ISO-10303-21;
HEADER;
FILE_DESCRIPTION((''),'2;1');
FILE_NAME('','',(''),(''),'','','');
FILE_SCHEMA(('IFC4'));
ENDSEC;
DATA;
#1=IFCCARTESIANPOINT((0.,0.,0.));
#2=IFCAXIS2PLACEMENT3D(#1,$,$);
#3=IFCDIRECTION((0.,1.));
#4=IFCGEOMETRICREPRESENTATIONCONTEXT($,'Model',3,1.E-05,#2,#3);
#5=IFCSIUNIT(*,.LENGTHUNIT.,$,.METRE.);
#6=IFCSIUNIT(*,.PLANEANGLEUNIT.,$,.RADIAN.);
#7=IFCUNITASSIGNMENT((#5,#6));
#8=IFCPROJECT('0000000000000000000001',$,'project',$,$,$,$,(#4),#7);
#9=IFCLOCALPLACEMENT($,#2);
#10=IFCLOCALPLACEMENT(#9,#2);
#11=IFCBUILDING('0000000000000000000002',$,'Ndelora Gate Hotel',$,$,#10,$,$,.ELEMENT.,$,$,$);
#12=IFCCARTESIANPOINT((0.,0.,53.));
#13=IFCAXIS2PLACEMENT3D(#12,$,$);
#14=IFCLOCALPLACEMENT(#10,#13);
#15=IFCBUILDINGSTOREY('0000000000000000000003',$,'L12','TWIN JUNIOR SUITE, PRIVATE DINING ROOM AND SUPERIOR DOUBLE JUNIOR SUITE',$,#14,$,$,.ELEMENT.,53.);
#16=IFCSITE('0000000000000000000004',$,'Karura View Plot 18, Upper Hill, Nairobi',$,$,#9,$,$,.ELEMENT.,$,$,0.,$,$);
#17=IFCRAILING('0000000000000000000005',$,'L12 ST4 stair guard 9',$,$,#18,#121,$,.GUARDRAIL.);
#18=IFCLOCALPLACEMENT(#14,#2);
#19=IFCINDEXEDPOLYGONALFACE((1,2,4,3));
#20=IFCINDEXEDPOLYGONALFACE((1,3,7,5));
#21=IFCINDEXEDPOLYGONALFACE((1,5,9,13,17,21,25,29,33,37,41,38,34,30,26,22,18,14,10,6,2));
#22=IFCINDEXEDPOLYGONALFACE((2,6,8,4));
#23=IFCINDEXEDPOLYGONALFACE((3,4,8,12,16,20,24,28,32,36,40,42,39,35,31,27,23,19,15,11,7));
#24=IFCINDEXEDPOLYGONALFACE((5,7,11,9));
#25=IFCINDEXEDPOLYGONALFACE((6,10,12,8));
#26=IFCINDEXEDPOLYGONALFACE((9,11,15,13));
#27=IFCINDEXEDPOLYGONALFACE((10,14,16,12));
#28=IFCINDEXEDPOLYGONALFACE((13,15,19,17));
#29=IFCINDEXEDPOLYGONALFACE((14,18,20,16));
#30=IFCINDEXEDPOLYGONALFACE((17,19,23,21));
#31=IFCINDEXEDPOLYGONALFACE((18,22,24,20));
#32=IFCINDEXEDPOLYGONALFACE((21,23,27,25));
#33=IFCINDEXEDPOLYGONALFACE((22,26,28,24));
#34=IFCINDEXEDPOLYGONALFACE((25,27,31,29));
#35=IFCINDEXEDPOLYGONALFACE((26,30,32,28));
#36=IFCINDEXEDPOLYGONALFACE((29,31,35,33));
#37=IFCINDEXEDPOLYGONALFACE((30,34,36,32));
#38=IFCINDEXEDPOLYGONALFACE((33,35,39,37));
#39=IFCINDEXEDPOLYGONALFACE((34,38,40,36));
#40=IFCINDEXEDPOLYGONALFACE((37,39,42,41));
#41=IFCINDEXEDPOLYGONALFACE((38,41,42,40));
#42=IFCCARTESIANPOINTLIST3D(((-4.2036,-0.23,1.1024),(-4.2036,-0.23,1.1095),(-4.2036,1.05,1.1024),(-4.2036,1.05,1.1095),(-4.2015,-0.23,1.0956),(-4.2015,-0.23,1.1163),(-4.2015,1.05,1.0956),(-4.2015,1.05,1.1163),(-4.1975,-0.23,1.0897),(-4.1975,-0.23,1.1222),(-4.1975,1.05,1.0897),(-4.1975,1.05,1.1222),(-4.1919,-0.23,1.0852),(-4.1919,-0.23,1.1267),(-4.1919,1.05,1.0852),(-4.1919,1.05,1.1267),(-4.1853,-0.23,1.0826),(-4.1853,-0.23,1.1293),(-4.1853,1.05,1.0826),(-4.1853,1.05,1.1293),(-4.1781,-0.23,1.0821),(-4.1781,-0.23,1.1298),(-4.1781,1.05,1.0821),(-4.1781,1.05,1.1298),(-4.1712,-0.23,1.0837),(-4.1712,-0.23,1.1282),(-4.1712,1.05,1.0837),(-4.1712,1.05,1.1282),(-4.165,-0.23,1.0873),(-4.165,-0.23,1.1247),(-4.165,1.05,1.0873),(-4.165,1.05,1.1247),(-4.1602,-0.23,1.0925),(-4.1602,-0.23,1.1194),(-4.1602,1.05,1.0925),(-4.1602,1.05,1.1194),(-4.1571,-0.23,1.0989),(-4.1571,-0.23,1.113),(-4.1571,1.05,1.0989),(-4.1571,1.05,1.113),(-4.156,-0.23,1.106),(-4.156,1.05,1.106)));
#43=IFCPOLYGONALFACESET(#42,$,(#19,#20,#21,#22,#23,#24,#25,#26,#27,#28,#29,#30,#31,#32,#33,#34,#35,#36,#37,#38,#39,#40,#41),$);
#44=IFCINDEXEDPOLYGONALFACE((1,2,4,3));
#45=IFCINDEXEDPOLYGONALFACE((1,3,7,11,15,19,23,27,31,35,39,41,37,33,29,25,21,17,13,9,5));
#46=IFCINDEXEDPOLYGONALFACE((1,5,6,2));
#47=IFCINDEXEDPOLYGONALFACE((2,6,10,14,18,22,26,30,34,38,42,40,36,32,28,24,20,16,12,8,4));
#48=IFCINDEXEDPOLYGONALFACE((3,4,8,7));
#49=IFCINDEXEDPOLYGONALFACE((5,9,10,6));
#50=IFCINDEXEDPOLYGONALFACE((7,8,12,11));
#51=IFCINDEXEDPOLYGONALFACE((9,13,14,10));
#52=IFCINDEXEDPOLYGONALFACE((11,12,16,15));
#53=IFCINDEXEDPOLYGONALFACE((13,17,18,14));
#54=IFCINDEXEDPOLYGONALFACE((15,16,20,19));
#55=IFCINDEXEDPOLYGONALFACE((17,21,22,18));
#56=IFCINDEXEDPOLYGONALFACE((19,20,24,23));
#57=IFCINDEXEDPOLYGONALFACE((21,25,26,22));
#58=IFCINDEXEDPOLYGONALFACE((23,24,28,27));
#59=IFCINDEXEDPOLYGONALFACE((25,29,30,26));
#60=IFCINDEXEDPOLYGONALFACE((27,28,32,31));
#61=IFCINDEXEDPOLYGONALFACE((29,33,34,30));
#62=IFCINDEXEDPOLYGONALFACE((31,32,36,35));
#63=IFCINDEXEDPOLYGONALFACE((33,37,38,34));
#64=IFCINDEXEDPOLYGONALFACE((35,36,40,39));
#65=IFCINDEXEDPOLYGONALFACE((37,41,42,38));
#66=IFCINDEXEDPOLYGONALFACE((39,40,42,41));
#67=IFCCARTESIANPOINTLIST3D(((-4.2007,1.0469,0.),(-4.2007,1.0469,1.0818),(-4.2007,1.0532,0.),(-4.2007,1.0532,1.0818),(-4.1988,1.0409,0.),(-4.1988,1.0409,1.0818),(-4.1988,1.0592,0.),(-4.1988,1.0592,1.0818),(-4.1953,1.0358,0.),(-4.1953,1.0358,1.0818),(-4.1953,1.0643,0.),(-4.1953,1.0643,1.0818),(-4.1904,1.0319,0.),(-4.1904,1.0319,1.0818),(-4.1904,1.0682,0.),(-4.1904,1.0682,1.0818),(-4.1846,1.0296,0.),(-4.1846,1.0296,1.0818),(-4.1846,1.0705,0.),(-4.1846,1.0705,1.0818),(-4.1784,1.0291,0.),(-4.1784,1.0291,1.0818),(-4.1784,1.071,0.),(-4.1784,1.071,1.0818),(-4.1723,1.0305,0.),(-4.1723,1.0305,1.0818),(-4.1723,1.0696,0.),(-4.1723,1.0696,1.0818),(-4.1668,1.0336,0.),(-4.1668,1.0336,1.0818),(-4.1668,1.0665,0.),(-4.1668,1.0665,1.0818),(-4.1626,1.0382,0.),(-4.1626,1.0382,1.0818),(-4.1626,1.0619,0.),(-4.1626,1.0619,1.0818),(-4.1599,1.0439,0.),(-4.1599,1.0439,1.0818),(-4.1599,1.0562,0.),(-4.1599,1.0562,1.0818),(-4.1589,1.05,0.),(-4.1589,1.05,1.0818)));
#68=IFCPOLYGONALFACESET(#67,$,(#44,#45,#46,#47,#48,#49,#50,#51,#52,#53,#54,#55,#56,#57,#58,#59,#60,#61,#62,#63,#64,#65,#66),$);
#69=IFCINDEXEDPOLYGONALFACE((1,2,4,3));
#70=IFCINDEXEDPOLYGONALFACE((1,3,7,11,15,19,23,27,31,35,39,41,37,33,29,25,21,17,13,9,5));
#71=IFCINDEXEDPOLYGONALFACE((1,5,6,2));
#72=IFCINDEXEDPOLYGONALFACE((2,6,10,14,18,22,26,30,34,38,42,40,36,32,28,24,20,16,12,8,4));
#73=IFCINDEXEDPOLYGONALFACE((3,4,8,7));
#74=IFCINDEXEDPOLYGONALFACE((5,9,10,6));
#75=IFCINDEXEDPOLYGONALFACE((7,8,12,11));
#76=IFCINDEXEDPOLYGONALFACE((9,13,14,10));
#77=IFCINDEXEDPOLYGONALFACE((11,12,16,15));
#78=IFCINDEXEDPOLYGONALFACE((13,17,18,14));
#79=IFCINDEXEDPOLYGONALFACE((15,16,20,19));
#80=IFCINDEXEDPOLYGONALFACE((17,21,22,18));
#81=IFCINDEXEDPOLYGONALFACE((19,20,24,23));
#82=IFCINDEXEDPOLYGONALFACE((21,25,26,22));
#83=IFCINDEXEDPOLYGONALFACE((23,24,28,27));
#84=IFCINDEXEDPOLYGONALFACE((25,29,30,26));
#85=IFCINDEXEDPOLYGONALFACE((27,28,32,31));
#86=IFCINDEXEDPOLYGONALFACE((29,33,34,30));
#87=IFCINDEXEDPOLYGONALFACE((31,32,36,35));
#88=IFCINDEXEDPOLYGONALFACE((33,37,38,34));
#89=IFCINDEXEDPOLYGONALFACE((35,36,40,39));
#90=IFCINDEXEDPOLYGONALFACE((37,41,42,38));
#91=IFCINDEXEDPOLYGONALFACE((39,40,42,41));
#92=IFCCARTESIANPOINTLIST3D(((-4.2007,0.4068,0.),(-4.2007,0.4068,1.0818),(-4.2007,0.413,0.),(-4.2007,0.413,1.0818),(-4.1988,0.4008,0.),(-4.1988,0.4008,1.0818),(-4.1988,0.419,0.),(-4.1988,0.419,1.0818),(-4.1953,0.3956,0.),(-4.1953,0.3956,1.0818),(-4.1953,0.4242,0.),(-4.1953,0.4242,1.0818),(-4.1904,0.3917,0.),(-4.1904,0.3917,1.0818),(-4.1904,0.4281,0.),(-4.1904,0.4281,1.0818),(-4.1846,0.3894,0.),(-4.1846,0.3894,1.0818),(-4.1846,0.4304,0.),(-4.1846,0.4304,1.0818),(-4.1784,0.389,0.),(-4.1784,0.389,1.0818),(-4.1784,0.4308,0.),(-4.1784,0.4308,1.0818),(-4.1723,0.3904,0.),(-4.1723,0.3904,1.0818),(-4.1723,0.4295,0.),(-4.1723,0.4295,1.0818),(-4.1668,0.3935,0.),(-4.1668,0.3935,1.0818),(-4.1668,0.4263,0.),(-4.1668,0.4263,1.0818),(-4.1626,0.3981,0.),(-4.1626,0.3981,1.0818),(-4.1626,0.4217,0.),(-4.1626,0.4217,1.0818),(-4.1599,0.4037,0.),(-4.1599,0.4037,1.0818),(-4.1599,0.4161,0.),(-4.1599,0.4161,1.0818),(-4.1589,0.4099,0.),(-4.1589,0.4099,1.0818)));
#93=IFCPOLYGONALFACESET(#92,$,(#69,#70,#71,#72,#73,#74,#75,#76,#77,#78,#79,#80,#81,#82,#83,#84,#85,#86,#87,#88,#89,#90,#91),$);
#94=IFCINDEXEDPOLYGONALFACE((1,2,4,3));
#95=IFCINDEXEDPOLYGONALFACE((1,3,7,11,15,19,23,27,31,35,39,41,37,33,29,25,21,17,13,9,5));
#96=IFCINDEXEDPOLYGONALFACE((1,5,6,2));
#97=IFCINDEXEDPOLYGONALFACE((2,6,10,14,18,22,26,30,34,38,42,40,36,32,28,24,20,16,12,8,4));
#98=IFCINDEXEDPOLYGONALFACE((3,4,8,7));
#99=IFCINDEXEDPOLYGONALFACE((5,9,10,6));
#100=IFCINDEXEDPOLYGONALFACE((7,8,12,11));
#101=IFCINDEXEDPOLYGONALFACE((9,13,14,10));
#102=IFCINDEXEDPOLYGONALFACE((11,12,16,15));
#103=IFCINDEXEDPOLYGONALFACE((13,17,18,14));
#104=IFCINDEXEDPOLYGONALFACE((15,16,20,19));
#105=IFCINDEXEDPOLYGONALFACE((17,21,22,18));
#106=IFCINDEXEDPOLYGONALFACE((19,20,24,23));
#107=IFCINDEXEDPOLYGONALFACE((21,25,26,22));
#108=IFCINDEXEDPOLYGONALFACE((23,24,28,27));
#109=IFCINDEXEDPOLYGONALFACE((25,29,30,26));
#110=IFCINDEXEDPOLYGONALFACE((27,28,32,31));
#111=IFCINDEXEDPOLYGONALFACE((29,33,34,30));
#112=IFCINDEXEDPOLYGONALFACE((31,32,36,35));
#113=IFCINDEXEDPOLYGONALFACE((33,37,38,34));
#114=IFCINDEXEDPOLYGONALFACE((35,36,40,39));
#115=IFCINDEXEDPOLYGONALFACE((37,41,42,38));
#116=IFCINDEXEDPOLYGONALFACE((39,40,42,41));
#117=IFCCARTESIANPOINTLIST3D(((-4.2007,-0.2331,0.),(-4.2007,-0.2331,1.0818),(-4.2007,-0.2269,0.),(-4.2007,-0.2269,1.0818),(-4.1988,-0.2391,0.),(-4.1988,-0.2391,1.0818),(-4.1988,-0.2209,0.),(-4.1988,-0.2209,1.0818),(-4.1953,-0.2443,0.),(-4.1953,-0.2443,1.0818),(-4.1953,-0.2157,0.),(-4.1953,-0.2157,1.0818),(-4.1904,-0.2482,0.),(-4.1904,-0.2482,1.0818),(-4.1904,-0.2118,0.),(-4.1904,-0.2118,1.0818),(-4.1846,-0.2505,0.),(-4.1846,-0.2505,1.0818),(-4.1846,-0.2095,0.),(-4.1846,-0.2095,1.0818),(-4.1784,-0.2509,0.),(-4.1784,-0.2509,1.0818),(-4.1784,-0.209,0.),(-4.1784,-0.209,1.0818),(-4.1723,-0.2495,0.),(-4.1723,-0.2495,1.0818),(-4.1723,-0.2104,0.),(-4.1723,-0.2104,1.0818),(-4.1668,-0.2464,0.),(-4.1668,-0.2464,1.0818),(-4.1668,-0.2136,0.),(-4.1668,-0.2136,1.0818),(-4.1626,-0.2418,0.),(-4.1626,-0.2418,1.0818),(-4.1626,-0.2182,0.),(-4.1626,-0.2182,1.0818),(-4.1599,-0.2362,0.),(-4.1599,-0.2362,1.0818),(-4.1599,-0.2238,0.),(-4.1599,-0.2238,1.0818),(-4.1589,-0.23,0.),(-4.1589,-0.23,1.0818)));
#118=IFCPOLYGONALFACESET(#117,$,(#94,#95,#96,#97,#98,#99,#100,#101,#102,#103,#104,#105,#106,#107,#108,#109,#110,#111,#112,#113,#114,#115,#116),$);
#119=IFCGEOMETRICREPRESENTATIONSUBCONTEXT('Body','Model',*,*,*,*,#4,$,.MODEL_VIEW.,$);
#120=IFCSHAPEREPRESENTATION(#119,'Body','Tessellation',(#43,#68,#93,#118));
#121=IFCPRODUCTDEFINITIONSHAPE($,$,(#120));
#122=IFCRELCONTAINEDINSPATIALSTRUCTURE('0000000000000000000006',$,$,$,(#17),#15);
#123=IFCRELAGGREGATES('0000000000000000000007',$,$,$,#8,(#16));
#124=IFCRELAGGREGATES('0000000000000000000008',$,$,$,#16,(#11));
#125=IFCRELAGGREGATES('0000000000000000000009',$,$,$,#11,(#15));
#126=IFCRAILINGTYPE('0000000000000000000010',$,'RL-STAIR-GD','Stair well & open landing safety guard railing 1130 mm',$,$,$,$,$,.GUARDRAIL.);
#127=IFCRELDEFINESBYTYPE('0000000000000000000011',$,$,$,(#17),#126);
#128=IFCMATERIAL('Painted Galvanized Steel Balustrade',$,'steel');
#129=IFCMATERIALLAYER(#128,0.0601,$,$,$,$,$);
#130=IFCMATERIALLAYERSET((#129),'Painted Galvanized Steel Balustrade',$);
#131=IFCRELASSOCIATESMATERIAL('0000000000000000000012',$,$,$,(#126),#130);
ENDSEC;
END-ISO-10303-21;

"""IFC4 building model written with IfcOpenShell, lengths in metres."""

from ifc_helpers import new_model, si_unit, direction, frame, origin, origin_2d, place, context, subcontext, project, spatial, circle, extrude, material, layer, layer_set, type_object, element, save


model = new_model("IFC4")

# Units and contexts
model_context = context("Model", 3, precision=1e-05, world=origin(), true_north=direction((0.0, 1.0)))
body_context = subcontext(model_context, "Body", "Model", "MODEL_VIEW")
ifc_project = project(units=[si_unit("LENGTHUNIT", "METRE"), si_unit("PLANEANGLEUNIT", "RADIAN")], contexts=[model_context])

# Site, building, storey
site_placement = place(None, origin())
site = spatial("IfcSite", under=ifc_project, at=site_placement, Name="Karura View Plot 18, Upper Hill, Nairobi", CompositionType="ELEMENT", RefElevation=0.0)
building_placement = place(site_placement, origin())
building = spatial("IfcBuilding", under=site, at=building_placement, Name="Ndelora Gate Hotel", CompositionType="ELEMENT")
storey_placement = place(building_placement, frame((0.0, 0.0, 53.0)))
storey = spatial("IfcBuildingStorey", under=building, at=storey_placement, Name="L12", Description="TWIN JUNIOR SUITE, PRIVATE DINING ROOM AND SUPERIOR DOUBLE JUNIOR SUITE", CompositionType="ELEMENT", Elevation=53.0)

# Railing
ifc_material_1 = material(Name="Painted Galvanized Steel Balustrade", Category="steel")
ifc_layer_1 = layer(ifc_material_1, 0.0601)
ifc_layer_set_1 = layer_set([ifc_layer_1], Name="Painted Galvanized Steel Balustrade")
railing_type_1 = type_object("IfcRailingType", Name="RL-STAIR-GD", Description="Stair well & open landing safety guard railing 1130 mm", PredefinedType="GUARDRAIL", material=ifc_layer_set_1)
for number, where, name in (
    (1, (-4.1799, 1.05, 0.0), "L12 ST4 stair guard 9"),
):
    element("IfcRailing", number, at=place(storey_placement, frame(where)), inside=storey, type_object=railing_type_1, Name=name, PredefinedType="GUARDRAIL", context=body_context, shape_type="SweptSolid", body=[
        extrude(circle(Radius=0.0239, at=origin_2d()), frame((0.0, 0.0, 1.106), z_axis=(0.0, -1.0, 0.0), x_axis=(1.0, 0.0, 0.0)), (0.0, 0.0, 1.0), 1.28),
        extrude(circle(Radius=0.021, at=origin_2d()), origin(), (0.0, 0.0, 1.0), 1.0818),
        extrude(circle(Radius=0.021, at=origin_2d()), frame((0.0, -0.6401, 0.0)), (0.0, 0.0, 1.0), 1.0818),
        extrude(circle(Radius=0.021, at=origin_2d()), frame((0.0, -1.28, 0.0)), (0.0, 0.0, 1.0), 1.0818),
    ])

save(model, "model.ifc")
